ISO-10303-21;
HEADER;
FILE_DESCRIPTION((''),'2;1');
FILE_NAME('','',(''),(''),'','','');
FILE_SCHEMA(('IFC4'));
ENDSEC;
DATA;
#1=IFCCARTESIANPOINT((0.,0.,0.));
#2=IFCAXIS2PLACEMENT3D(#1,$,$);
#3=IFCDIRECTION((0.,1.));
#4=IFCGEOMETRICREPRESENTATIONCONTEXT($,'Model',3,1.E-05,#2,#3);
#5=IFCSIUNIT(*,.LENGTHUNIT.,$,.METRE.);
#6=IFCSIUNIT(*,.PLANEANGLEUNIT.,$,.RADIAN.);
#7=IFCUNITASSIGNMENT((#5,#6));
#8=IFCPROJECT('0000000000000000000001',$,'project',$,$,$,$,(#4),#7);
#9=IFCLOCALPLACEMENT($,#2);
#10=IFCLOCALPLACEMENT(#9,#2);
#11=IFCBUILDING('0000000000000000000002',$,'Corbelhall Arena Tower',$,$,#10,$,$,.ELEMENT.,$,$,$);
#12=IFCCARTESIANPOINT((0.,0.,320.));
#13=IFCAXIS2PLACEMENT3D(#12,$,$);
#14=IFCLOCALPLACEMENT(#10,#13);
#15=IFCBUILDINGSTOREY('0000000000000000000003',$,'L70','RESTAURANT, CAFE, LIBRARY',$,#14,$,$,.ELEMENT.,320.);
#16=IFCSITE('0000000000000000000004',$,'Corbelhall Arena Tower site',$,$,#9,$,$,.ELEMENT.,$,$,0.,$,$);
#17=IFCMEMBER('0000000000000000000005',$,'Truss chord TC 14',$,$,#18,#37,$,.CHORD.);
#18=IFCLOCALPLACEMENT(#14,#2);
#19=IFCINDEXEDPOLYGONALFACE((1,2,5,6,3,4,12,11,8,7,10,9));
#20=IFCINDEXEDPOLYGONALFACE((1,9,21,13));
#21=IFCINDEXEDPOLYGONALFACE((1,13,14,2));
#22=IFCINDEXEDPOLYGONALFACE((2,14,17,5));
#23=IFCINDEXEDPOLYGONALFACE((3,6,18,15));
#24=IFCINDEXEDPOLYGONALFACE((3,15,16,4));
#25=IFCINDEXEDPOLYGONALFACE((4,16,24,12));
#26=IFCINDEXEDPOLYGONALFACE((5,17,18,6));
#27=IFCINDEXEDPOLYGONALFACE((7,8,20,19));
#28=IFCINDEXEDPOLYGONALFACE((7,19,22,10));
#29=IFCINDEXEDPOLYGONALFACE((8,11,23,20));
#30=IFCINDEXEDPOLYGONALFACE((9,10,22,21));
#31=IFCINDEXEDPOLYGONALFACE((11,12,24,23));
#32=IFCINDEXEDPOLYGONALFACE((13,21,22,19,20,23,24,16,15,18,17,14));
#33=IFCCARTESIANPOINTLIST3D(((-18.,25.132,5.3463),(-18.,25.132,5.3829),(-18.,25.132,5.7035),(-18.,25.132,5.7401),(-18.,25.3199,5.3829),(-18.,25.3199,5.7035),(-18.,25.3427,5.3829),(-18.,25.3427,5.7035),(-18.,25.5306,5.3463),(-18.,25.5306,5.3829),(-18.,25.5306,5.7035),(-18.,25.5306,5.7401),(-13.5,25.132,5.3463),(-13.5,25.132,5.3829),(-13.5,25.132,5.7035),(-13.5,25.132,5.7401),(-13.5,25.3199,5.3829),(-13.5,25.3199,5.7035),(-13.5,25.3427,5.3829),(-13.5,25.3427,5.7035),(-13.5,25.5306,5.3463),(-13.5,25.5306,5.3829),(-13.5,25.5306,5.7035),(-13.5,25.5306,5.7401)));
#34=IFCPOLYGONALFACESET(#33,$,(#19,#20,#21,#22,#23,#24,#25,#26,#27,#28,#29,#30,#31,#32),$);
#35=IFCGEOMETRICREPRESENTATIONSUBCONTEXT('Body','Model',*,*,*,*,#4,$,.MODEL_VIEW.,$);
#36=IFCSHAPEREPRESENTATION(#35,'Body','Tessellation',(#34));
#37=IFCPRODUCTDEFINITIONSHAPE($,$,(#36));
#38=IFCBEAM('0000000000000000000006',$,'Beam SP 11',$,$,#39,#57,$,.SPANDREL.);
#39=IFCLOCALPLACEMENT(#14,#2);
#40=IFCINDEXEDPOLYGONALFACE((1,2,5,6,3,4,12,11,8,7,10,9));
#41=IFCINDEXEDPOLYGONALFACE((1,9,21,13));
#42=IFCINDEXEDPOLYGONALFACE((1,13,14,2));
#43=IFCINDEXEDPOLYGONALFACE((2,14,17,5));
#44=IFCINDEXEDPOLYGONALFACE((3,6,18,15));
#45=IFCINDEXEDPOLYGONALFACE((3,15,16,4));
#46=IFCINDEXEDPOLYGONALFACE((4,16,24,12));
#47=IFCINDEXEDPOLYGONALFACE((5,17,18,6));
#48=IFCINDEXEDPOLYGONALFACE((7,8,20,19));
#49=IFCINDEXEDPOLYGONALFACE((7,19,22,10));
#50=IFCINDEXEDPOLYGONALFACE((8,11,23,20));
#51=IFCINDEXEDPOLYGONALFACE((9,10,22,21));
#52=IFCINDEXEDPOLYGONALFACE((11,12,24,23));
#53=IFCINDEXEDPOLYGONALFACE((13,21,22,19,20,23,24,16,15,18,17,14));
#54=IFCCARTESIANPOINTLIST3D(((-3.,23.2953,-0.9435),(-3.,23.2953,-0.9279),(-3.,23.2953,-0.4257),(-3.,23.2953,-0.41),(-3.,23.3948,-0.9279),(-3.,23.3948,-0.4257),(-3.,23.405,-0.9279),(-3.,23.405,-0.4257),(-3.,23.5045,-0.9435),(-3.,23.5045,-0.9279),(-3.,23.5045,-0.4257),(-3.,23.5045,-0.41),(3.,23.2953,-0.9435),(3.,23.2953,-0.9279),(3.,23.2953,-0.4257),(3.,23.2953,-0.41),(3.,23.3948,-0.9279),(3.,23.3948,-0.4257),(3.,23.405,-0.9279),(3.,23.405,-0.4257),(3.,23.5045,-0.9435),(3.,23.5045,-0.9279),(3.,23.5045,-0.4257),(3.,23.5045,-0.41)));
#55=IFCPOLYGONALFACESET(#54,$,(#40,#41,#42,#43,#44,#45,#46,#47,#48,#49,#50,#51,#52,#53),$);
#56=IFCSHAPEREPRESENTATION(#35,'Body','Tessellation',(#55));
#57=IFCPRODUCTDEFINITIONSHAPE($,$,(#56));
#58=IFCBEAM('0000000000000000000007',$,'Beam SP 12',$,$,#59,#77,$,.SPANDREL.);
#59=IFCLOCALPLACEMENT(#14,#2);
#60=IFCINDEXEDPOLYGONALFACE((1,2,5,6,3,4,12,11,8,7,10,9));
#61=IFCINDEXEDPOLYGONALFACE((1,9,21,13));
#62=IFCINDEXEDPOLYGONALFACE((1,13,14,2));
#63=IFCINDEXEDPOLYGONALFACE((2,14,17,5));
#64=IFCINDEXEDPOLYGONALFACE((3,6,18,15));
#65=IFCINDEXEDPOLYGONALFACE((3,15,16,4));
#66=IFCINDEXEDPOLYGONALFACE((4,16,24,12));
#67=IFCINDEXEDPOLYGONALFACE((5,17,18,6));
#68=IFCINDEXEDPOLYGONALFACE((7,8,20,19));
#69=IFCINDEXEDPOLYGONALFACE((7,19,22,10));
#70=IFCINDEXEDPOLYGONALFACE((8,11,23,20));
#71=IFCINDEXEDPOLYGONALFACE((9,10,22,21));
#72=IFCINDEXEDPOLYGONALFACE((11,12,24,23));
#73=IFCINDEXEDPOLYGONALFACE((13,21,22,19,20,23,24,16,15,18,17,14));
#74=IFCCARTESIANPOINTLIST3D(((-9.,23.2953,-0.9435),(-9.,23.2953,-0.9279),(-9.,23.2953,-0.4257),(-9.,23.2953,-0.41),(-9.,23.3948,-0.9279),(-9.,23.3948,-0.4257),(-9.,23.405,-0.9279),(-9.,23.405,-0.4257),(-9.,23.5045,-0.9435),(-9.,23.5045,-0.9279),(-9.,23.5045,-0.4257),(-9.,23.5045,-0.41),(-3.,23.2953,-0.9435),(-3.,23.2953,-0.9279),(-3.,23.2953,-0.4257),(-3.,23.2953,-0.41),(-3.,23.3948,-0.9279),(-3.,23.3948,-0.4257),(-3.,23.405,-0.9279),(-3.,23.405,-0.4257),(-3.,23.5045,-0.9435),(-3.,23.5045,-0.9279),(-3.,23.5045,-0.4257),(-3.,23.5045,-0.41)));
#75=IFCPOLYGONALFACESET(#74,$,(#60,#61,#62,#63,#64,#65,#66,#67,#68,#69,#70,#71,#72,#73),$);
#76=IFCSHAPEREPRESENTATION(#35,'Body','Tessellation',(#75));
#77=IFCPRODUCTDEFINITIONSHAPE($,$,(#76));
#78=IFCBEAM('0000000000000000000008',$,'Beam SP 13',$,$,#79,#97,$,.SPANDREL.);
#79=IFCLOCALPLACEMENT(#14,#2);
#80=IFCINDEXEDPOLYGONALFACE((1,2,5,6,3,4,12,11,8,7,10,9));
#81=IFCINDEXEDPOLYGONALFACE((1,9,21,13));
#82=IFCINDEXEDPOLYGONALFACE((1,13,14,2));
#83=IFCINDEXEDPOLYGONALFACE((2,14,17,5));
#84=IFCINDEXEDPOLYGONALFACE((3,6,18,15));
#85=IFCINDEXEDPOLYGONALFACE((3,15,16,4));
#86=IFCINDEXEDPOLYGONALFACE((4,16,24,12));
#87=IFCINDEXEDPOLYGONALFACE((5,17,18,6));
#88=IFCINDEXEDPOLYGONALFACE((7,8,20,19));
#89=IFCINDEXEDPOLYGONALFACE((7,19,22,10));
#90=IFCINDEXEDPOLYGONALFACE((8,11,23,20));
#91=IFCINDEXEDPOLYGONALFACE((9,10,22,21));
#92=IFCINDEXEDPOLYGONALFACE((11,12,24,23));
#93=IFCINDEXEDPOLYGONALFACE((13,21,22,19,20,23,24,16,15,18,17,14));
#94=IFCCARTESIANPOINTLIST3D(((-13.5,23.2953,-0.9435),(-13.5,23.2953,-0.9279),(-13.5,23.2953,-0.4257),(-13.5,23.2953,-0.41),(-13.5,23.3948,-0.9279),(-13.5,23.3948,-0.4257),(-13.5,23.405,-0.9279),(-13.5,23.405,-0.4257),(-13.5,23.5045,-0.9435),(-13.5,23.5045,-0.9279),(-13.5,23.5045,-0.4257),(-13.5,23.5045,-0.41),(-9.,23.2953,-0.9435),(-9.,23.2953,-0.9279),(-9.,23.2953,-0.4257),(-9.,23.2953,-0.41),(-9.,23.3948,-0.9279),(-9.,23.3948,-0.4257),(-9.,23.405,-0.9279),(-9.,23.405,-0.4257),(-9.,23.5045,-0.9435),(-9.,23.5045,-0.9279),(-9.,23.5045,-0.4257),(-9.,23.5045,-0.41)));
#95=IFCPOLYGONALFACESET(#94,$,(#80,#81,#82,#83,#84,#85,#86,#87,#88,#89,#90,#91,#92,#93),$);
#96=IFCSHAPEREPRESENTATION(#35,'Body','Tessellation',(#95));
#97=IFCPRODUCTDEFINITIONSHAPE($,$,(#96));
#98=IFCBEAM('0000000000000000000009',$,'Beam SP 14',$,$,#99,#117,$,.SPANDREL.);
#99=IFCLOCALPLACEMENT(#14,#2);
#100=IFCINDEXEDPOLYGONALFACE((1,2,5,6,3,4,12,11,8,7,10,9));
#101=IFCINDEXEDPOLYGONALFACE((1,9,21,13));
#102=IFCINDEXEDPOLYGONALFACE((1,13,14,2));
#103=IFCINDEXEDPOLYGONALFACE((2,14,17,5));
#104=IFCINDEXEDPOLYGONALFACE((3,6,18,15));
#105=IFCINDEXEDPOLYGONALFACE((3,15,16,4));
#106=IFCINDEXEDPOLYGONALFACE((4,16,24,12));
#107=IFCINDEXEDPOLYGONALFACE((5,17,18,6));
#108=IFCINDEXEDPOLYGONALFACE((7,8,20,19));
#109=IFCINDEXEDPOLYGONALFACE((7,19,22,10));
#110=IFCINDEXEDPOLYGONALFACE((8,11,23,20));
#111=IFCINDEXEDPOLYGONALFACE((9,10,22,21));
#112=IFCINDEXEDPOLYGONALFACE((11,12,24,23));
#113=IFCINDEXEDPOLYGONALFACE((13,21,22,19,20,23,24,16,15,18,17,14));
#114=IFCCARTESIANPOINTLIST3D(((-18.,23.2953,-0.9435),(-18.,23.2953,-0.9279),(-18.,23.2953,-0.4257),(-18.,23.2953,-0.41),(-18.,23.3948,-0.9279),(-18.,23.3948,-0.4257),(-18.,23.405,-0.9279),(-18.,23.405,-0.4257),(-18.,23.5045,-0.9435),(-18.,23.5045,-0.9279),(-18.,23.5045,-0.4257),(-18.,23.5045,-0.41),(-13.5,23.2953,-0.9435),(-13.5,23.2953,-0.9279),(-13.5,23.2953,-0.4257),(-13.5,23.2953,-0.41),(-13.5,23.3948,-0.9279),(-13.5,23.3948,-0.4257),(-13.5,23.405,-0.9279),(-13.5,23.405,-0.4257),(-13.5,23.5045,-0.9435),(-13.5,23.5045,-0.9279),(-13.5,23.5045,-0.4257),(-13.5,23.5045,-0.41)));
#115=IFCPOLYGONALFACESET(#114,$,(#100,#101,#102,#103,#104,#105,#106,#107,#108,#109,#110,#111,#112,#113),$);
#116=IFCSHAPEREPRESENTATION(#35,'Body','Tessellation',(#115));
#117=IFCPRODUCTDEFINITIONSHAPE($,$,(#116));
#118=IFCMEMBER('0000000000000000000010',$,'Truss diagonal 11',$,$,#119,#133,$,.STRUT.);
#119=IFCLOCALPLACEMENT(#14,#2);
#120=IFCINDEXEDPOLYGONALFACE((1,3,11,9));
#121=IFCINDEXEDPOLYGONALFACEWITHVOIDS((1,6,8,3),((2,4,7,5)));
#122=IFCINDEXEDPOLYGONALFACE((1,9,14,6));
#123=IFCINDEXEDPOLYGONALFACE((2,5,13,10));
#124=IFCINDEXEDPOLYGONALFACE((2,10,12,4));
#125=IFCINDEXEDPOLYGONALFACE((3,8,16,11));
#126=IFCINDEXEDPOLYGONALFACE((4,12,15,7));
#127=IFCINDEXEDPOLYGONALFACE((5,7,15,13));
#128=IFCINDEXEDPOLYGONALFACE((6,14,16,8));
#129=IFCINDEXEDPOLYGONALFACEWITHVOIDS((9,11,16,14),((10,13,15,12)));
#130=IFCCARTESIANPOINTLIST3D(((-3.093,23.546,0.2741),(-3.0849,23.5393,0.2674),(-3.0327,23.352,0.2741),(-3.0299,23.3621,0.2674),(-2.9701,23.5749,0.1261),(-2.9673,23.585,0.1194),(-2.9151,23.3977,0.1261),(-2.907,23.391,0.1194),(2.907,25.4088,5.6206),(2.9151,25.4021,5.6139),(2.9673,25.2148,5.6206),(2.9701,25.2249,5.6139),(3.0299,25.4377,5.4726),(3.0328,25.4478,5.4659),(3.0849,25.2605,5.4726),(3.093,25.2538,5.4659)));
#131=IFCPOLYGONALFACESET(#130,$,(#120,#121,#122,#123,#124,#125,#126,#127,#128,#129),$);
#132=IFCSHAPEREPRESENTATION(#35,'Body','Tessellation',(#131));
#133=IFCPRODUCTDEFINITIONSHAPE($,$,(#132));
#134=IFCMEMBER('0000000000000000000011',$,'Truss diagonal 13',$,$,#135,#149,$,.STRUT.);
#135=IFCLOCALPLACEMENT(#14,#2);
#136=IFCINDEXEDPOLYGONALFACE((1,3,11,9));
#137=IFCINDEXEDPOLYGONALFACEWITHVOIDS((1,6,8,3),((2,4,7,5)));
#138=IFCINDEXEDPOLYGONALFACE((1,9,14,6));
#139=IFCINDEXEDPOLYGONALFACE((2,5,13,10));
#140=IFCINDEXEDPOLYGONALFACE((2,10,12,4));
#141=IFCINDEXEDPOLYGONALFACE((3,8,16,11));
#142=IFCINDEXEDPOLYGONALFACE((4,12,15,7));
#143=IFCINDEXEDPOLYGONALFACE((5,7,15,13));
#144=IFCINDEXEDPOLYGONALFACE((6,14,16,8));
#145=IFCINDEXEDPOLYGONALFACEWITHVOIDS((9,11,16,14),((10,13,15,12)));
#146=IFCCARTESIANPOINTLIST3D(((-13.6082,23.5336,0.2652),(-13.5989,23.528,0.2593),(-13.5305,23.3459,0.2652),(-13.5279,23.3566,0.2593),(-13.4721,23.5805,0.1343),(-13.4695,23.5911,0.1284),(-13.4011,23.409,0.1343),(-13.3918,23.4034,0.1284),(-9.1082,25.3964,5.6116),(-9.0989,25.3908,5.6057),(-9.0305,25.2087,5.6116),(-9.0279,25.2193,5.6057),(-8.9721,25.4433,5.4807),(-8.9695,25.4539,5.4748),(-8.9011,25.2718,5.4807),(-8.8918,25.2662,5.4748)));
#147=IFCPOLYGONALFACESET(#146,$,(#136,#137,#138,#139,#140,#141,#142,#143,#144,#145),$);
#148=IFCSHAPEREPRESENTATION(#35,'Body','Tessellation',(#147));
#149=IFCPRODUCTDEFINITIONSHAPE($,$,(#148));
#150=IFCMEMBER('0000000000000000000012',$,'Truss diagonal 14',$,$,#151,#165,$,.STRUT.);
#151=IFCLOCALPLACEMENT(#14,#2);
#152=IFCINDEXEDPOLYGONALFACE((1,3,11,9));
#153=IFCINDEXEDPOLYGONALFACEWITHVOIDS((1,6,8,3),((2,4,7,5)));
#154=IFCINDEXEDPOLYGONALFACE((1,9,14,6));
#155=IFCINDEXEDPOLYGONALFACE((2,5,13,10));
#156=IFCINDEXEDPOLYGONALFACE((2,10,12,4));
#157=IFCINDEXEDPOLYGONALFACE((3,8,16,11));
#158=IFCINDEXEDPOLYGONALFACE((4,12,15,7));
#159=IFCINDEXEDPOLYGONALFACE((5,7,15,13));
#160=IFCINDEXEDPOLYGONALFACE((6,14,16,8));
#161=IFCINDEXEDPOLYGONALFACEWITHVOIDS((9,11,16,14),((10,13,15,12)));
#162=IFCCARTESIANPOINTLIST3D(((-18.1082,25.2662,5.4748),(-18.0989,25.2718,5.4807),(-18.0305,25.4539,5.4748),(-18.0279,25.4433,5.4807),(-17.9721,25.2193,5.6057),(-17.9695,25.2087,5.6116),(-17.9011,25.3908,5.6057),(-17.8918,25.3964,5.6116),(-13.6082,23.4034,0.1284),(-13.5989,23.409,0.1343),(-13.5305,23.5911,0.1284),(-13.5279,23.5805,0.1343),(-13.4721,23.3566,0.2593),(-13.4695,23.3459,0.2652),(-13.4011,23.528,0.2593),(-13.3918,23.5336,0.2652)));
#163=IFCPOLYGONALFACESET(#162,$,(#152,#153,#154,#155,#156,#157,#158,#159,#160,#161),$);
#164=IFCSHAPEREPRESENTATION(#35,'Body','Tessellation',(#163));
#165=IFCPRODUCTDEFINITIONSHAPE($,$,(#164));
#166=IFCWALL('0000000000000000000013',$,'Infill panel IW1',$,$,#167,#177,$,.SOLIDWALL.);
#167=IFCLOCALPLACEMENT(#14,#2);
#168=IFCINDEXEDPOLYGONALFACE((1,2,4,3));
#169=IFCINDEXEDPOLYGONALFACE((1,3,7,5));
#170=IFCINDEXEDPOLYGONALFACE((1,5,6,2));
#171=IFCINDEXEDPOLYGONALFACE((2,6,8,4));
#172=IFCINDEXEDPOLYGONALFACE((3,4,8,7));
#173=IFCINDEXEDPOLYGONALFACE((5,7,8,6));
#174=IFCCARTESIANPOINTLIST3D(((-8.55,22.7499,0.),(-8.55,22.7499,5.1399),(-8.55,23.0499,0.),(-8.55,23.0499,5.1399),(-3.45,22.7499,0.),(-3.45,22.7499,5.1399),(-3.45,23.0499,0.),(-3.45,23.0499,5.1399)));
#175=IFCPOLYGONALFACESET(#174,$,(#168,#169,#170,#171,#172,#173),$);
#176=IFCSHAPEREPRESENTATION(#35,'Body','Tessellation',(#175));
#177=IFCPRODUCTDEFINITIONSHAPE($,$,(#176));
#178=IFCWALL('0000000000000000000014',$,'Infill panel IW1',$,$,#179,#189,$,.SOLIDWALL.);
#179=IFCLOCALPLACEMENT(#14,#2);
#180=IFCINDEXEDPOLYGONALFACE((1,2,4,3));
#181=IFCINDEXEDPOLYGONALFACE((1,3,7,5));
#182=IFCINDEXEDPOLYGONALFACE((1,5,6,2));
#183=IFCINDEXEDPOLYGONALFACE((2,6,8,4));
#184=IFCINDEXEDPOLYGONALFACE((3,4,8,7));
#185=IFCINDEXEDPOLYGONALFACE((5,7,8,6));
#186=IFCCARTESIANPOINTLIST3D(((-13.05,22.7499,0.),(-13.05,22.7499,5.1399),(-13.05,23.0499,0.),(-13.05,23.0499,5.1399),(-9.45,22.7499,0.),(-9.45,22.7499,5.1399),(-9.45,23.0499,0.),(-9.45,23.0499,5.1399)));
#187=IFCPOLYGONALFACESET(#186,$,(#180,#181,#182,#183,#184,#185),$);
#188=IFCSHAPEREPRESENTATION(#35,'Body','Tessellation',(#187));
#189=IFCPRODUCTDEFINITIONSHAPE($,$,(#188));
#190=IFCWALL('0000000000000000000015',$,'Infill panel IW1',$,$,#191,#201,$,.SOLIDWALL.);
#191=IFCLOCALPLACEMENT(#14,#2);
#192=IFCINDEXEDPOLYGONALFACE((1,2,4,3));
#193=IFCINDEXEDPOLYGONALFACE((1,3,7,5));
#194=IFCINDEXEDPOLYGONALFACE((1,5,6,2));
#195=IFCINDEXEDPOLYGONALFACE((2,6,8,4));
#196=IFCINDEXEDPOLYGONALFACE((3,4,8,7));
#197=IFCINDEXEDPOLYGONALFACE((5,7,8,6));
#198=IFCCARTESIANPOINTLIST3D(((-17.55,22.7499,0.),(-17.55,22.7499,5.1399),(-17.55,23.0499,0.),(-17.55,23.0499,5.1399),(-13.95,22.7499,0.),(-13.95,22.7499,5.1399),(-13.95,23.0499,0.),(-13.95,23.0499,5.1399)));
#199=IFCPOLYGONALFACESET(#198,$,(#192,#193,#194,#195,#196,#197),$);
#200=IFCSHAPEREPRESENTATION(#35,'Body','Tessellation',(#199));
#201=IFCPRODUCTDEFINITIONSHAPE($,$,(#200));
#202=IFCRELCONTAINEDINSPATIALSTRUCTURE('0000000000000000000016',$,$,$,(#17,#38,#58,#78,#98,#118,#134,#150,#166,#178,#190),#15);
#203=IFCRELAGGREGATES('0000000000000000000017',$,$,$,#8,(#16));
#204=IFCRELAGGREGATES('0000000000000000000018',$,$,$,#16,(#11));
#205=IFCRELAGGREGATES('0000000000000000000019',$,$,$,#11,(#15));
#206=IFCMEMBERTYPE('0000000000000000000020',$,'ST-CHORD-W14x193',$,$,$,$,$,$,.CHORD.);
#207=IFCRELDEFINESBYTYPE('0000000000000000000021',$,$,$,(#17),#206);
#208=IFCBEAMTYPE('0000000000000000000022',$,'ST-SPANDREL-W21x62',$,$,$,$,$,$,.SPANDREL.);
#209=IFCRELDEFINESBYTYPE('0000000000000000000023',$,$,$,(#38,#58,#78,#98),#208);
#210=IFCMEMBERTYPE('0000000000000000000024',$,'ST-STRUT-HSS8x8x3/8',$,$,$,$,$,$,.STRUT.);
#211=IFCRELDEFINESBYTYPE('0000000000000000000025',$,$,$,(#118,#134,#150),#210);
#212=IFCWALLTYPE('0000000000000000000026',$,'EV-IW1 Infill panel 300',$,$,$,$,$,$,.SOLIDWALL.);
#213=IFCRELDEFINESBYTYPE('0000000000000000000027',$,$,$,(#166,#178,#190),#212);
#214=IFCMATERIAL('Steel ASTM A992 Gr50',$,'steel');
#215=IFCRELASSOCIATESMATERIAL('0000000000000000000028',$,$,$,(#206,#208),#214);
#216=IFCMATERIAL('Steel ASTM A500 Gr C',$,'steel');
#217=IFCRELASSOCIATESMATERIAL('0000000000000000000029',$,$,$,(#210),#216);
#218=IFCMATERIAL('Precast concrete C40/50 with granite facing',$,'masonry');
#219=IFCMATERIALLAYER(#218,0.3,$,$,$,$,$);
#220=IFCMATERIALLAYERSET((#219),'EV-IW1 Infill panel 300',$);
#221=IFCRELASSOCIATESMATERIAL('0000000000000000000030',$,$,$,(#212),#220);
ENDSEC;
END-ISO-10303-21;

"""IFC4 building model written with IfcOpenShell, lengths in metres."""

from ifc_helpers import new_model, si_unit, direction, frame, frame_2d, origin, origin_2d, place, context, subcontext, project, spatial, rectangle, hollow_rectangle, i_section, extrude, material, layer, layer_set, material_profile, profile_set, type_object, element, save


model = new_model("IFC4")

# Units and contexts
model_context = context("Model", 3, precision=1e-05, world=origin(), true_north=direction((0.0, 1.0)))
body_context = subcontext(model_context, "Body", "Model", "MODEL_VIEW")
ifc_project = project(units=[si_unit("LENGTHUNIT", "METRE"), si_unit("PLANEANGLEUNIT", "RADIAN")], contexts=[model_context])

# Site, building, storey
site_placement = place(None, origin())
site = spatial("IfcSite", under=ifc_project, at=site_placement, Name="Corbelhall Arena Tower site", CompositionType="ELEMENT", RefElevation=0.0)
building_placement = place(site_placement, origin())
building = spatial("IfcBuilding", under=site, at=building_placement, Name="Corbelhall Arena Tower", CompositionType="ELEMENT")
storey_placement = place(building_placement, frame((0.0, 0.0, 320.0)))
storey = spatial("IfcBuildingStorey", under=building, at=storey_placement, Name="L70", Description="RESTAURANT, CAFE, LIBRARY", CompositionType="ELEMENT", Elevation=320.0)

# Member
ifc_material_1 = material(Name="Steel ASTM A992 Gr50", Category="steel")
ifc_material_profile_1 = material_profile(ifc_material_1, i_section(OverallWidth=0.3987, OverallDepth=0.3938, WebThickness=0.0227, FlangeThickness=0.0366, at=origin_2d()))
ifc_profile_set_1 = profile_set([ifc_material_profile_1], Name="Steel ASTM A992 Gr50")
member_type_1 = type_object("IfcMemberType", Name="ST-CHORD-W14x193", PredefinedType="CHORD", material=ifc_profile_set_1)
for number, where, z_axis, x_axis, name in (
    (1, (-18.0, 25.3313, 5.5432), (1.0, 0.0, 0.0), (0.0, 1.0, 0.0), "Truss chord TC 14"),
):
    element("IfcMember", number, at=place(storey_placement, frame(where, z_axis=z_axis, x_axis=x_axis)), inside=storey, type_object=member_type_1, Name=name, PredefinedType="CHORD", context=body_context, shape_type="SweptSolid", body=[
        extrude(i_section(OverallWidth=0.3987, OverallDepth=0.3938, WebThickness=0.0227, FlangeThickness=0.0366, at=origin_2d()), origin(), (0.0, 0.0, 1.0), 4.5),
    ])

# Beams
ifc_material_profile_2 = material_profile(ifc_material_1, i_section(OverallWidth=0.2092, OverallDepth=0.5334, WebThickness=0.0103, FlangeThickness=0.0156, at=origin_2d()))
ifc_profile_set_2 = profile_set([ifc_material_profile_2], Name="Steel ASTM A992 Gr50")
beam_type = type_object("IfcBeamType", Name="ST-SPANDREL-W21x62", PredefinedType="SPANDREL", material=ifc_profile_set_2)
for number, where, z_axis, x_axis, name in (
    (2, (-3.0, 23.3999, -0.6768), (1.0, 0.0, 0.0), (0.0, 1.0, 0.0), "Beam SP 11"),
    (3, (-9.0, 23.3999, -0.6768), (1.0, 0.0, 0.0), (0.0, 1.0, 0.0), "Beam SP 12"),
):
    element("IfcBeam", number, at=place(storey_placement, frame(where, z_axis=z_axis, x_axis=x_axis)), inside=storey, type_object=beam_type, Name=name, PredefinedType="SPANDREL", context=body_context, shape_type="SweptSolid", body=[
        extrude(i_section(OverallWidth=0.2092, OverallDepth=0.5334, WebThickness=0.0103, FlangeThickness=0.0156, at=origin_2d()), origin(), (0.0, 0.0, 1.0), 6.0),
    ])
for number, where, z_axis, x_axis, name in (
    (4, (-13.5, 23.3999, -0.6768), (1.0, 0.0, 0.0), (0.0, 1.0, 0.0), "Beam SP 13"),
    (5, (-18.0, 23.3999, -0.6768), (1.0, 0.0, 0.0), (0.0, 1.0, 0.0), "Beam SP 14"),
):
    element("IfcBeam", number, at=place(storey_placement, frame(where, z_axis=z_axis, x_axis=x_axis)), inside=storey, type_object=beam_type, Name=name, PredefinedType="SPANDREL", context=body_context, shape_type="SweptSolid", body=[
        extrude(i_section(OverallWidth=0.2092, OverallDepth=0.5334, WebThickness=0.0103, FlangeThickness=0.0156, at=origin_2d()), origin(), (0.0, 0.0, 1.0), 4.5),
    ])

# Members
ifc_material_2 = material(Name="Steel ASTM A500 Gr C", Category="steel")
ifc_material_profile_3 = material_profile(ifc_material_2, hollow_rectangle(XDim=0.2031, YDim=0.2031, WallThickness=0.0088, at=origin_2d()))
ifc_profile_set_3 = profile_set([ifc_material_profile_3], Name="Steel ASTM A500 Gr C")
member_type_2 = type_object("IfcMemberType", Name="ST-STRUT-HSS8x8x3/8", PredefinedType="STRUT", material=ifc_profile_set_3)
member_placement = place(storey_placement, frame((-3.0, 23.4685, 0.1968), z_axis=(0.727316, 0.225807, 0.648091), x_axis=(-0.296504, 0.955032, 0.0)))
element("IfcMember", 6, at=member_placement, inside=storey, type_object=member_type_2, Name="Truss diagonal 11", PredefinedType="STRUT", context=body_context, shape_type="SweptSolid", body=[
    extrude(hollow_rectangle(XDim=0.2031, YDim=0.2031, WallThickness=0.0088, at=origin_2d()), origin(), (0.0, 0.0, 1.0), 8.2495),
])
for number, where, z_axis, x_axis, name in (
    (7, (-13.5, 23.4685, 0.1968), (0.622219, 0.25757, 0.739257), (-0.382479, 0.923964, 0.0), "Truss diagonal 13"),
    (8, (-13.5, 23.4685, 0.1968), (-0.622219, 0.25757, 0.739257), (-0.382479, -0.923964, 0.0), "Truss diagonal 14"),
):
    element("IfcMember", number, at=place(storey_placement, frame(where, z_axis=z_axis, x_axis=x_axis)), inside=storey, type_object=member_type_2, Name=name, PredefinedType="STRUT", context=body_context, shape_type="SweptSolid", body=[
        extrude(hollow_rectangle(XDim=0.2031, YDim=0.2031, WallThickness=0.0088, at=origin_2d()), origin(), (0.0, 0.0, 1.0), 7.2322),
    ])

# Walls
ifc_material_3 = material(Name="Precast concrete C40/50 with granite facing", Category="masonry")
ifc_layer_1 = layer(ifc_material_3, 0.3)
ifc_layer_set_1 = layer_set([ifc_layer_1], Name="EV-IW1 Infill panel 300")
wall_type_1 = type_object("IfcWallType", Name="EV-IW1 Infill panel 300", PredefinedType="SOLIDWALL", material=ifc_layer_set_1)
wall_1_placement = place(storey_placement, frame((-3.45, 22.8999, 0.0), z_axis=(0.0, 0.0, 1.0), x_axis=(-1.0, 0.0, 0.0)))
element("IfcWall", 9, at=wall_1_placement, inside=storey, type_object=wall_type_1, Name="Infill panel IW1", PredefinedType="SOLIDWALL", context=body_context, shape_type="SweptSolid", body=[
    extrude(rectangle(XDim=5.1001, YDim=0.3, at=frame_2d((2.55, 0.0))), origin(), (0.0, 0.0, 1.0), 5.1399),
])
for number, where, z_axis, x_axis, name in (
    (10, (-9.45, 22.8999, 0.0), (0.0, 0.0, 1.0), (-1.0, 0.0, 0.0), "Infill panel IW1"),
    (11, (-13.95, 22.8999, 0.0), (0.0, 0.0, 1.0), (-1.0, 0.0, 0.0), "Infill panel IW1"),
):
    element("IfcWall", number, at=place(storey_placement, frame(where, z_axis=z_axis, x_axis=x_axis)), inside=storey, type_object=wall_type_1, Name=name, PredefinedType="SOLIDWALL", context=body_context, shape_type="SweptSolid", body=[
        extrude(rectangle(XDim=3.6001, YDim=0.3, at=frame_2d((1.8, 0.0))), origin(), (0.0, 0.0, 1.0), 5.1399),
    ])

save(model, "model.ifc")
